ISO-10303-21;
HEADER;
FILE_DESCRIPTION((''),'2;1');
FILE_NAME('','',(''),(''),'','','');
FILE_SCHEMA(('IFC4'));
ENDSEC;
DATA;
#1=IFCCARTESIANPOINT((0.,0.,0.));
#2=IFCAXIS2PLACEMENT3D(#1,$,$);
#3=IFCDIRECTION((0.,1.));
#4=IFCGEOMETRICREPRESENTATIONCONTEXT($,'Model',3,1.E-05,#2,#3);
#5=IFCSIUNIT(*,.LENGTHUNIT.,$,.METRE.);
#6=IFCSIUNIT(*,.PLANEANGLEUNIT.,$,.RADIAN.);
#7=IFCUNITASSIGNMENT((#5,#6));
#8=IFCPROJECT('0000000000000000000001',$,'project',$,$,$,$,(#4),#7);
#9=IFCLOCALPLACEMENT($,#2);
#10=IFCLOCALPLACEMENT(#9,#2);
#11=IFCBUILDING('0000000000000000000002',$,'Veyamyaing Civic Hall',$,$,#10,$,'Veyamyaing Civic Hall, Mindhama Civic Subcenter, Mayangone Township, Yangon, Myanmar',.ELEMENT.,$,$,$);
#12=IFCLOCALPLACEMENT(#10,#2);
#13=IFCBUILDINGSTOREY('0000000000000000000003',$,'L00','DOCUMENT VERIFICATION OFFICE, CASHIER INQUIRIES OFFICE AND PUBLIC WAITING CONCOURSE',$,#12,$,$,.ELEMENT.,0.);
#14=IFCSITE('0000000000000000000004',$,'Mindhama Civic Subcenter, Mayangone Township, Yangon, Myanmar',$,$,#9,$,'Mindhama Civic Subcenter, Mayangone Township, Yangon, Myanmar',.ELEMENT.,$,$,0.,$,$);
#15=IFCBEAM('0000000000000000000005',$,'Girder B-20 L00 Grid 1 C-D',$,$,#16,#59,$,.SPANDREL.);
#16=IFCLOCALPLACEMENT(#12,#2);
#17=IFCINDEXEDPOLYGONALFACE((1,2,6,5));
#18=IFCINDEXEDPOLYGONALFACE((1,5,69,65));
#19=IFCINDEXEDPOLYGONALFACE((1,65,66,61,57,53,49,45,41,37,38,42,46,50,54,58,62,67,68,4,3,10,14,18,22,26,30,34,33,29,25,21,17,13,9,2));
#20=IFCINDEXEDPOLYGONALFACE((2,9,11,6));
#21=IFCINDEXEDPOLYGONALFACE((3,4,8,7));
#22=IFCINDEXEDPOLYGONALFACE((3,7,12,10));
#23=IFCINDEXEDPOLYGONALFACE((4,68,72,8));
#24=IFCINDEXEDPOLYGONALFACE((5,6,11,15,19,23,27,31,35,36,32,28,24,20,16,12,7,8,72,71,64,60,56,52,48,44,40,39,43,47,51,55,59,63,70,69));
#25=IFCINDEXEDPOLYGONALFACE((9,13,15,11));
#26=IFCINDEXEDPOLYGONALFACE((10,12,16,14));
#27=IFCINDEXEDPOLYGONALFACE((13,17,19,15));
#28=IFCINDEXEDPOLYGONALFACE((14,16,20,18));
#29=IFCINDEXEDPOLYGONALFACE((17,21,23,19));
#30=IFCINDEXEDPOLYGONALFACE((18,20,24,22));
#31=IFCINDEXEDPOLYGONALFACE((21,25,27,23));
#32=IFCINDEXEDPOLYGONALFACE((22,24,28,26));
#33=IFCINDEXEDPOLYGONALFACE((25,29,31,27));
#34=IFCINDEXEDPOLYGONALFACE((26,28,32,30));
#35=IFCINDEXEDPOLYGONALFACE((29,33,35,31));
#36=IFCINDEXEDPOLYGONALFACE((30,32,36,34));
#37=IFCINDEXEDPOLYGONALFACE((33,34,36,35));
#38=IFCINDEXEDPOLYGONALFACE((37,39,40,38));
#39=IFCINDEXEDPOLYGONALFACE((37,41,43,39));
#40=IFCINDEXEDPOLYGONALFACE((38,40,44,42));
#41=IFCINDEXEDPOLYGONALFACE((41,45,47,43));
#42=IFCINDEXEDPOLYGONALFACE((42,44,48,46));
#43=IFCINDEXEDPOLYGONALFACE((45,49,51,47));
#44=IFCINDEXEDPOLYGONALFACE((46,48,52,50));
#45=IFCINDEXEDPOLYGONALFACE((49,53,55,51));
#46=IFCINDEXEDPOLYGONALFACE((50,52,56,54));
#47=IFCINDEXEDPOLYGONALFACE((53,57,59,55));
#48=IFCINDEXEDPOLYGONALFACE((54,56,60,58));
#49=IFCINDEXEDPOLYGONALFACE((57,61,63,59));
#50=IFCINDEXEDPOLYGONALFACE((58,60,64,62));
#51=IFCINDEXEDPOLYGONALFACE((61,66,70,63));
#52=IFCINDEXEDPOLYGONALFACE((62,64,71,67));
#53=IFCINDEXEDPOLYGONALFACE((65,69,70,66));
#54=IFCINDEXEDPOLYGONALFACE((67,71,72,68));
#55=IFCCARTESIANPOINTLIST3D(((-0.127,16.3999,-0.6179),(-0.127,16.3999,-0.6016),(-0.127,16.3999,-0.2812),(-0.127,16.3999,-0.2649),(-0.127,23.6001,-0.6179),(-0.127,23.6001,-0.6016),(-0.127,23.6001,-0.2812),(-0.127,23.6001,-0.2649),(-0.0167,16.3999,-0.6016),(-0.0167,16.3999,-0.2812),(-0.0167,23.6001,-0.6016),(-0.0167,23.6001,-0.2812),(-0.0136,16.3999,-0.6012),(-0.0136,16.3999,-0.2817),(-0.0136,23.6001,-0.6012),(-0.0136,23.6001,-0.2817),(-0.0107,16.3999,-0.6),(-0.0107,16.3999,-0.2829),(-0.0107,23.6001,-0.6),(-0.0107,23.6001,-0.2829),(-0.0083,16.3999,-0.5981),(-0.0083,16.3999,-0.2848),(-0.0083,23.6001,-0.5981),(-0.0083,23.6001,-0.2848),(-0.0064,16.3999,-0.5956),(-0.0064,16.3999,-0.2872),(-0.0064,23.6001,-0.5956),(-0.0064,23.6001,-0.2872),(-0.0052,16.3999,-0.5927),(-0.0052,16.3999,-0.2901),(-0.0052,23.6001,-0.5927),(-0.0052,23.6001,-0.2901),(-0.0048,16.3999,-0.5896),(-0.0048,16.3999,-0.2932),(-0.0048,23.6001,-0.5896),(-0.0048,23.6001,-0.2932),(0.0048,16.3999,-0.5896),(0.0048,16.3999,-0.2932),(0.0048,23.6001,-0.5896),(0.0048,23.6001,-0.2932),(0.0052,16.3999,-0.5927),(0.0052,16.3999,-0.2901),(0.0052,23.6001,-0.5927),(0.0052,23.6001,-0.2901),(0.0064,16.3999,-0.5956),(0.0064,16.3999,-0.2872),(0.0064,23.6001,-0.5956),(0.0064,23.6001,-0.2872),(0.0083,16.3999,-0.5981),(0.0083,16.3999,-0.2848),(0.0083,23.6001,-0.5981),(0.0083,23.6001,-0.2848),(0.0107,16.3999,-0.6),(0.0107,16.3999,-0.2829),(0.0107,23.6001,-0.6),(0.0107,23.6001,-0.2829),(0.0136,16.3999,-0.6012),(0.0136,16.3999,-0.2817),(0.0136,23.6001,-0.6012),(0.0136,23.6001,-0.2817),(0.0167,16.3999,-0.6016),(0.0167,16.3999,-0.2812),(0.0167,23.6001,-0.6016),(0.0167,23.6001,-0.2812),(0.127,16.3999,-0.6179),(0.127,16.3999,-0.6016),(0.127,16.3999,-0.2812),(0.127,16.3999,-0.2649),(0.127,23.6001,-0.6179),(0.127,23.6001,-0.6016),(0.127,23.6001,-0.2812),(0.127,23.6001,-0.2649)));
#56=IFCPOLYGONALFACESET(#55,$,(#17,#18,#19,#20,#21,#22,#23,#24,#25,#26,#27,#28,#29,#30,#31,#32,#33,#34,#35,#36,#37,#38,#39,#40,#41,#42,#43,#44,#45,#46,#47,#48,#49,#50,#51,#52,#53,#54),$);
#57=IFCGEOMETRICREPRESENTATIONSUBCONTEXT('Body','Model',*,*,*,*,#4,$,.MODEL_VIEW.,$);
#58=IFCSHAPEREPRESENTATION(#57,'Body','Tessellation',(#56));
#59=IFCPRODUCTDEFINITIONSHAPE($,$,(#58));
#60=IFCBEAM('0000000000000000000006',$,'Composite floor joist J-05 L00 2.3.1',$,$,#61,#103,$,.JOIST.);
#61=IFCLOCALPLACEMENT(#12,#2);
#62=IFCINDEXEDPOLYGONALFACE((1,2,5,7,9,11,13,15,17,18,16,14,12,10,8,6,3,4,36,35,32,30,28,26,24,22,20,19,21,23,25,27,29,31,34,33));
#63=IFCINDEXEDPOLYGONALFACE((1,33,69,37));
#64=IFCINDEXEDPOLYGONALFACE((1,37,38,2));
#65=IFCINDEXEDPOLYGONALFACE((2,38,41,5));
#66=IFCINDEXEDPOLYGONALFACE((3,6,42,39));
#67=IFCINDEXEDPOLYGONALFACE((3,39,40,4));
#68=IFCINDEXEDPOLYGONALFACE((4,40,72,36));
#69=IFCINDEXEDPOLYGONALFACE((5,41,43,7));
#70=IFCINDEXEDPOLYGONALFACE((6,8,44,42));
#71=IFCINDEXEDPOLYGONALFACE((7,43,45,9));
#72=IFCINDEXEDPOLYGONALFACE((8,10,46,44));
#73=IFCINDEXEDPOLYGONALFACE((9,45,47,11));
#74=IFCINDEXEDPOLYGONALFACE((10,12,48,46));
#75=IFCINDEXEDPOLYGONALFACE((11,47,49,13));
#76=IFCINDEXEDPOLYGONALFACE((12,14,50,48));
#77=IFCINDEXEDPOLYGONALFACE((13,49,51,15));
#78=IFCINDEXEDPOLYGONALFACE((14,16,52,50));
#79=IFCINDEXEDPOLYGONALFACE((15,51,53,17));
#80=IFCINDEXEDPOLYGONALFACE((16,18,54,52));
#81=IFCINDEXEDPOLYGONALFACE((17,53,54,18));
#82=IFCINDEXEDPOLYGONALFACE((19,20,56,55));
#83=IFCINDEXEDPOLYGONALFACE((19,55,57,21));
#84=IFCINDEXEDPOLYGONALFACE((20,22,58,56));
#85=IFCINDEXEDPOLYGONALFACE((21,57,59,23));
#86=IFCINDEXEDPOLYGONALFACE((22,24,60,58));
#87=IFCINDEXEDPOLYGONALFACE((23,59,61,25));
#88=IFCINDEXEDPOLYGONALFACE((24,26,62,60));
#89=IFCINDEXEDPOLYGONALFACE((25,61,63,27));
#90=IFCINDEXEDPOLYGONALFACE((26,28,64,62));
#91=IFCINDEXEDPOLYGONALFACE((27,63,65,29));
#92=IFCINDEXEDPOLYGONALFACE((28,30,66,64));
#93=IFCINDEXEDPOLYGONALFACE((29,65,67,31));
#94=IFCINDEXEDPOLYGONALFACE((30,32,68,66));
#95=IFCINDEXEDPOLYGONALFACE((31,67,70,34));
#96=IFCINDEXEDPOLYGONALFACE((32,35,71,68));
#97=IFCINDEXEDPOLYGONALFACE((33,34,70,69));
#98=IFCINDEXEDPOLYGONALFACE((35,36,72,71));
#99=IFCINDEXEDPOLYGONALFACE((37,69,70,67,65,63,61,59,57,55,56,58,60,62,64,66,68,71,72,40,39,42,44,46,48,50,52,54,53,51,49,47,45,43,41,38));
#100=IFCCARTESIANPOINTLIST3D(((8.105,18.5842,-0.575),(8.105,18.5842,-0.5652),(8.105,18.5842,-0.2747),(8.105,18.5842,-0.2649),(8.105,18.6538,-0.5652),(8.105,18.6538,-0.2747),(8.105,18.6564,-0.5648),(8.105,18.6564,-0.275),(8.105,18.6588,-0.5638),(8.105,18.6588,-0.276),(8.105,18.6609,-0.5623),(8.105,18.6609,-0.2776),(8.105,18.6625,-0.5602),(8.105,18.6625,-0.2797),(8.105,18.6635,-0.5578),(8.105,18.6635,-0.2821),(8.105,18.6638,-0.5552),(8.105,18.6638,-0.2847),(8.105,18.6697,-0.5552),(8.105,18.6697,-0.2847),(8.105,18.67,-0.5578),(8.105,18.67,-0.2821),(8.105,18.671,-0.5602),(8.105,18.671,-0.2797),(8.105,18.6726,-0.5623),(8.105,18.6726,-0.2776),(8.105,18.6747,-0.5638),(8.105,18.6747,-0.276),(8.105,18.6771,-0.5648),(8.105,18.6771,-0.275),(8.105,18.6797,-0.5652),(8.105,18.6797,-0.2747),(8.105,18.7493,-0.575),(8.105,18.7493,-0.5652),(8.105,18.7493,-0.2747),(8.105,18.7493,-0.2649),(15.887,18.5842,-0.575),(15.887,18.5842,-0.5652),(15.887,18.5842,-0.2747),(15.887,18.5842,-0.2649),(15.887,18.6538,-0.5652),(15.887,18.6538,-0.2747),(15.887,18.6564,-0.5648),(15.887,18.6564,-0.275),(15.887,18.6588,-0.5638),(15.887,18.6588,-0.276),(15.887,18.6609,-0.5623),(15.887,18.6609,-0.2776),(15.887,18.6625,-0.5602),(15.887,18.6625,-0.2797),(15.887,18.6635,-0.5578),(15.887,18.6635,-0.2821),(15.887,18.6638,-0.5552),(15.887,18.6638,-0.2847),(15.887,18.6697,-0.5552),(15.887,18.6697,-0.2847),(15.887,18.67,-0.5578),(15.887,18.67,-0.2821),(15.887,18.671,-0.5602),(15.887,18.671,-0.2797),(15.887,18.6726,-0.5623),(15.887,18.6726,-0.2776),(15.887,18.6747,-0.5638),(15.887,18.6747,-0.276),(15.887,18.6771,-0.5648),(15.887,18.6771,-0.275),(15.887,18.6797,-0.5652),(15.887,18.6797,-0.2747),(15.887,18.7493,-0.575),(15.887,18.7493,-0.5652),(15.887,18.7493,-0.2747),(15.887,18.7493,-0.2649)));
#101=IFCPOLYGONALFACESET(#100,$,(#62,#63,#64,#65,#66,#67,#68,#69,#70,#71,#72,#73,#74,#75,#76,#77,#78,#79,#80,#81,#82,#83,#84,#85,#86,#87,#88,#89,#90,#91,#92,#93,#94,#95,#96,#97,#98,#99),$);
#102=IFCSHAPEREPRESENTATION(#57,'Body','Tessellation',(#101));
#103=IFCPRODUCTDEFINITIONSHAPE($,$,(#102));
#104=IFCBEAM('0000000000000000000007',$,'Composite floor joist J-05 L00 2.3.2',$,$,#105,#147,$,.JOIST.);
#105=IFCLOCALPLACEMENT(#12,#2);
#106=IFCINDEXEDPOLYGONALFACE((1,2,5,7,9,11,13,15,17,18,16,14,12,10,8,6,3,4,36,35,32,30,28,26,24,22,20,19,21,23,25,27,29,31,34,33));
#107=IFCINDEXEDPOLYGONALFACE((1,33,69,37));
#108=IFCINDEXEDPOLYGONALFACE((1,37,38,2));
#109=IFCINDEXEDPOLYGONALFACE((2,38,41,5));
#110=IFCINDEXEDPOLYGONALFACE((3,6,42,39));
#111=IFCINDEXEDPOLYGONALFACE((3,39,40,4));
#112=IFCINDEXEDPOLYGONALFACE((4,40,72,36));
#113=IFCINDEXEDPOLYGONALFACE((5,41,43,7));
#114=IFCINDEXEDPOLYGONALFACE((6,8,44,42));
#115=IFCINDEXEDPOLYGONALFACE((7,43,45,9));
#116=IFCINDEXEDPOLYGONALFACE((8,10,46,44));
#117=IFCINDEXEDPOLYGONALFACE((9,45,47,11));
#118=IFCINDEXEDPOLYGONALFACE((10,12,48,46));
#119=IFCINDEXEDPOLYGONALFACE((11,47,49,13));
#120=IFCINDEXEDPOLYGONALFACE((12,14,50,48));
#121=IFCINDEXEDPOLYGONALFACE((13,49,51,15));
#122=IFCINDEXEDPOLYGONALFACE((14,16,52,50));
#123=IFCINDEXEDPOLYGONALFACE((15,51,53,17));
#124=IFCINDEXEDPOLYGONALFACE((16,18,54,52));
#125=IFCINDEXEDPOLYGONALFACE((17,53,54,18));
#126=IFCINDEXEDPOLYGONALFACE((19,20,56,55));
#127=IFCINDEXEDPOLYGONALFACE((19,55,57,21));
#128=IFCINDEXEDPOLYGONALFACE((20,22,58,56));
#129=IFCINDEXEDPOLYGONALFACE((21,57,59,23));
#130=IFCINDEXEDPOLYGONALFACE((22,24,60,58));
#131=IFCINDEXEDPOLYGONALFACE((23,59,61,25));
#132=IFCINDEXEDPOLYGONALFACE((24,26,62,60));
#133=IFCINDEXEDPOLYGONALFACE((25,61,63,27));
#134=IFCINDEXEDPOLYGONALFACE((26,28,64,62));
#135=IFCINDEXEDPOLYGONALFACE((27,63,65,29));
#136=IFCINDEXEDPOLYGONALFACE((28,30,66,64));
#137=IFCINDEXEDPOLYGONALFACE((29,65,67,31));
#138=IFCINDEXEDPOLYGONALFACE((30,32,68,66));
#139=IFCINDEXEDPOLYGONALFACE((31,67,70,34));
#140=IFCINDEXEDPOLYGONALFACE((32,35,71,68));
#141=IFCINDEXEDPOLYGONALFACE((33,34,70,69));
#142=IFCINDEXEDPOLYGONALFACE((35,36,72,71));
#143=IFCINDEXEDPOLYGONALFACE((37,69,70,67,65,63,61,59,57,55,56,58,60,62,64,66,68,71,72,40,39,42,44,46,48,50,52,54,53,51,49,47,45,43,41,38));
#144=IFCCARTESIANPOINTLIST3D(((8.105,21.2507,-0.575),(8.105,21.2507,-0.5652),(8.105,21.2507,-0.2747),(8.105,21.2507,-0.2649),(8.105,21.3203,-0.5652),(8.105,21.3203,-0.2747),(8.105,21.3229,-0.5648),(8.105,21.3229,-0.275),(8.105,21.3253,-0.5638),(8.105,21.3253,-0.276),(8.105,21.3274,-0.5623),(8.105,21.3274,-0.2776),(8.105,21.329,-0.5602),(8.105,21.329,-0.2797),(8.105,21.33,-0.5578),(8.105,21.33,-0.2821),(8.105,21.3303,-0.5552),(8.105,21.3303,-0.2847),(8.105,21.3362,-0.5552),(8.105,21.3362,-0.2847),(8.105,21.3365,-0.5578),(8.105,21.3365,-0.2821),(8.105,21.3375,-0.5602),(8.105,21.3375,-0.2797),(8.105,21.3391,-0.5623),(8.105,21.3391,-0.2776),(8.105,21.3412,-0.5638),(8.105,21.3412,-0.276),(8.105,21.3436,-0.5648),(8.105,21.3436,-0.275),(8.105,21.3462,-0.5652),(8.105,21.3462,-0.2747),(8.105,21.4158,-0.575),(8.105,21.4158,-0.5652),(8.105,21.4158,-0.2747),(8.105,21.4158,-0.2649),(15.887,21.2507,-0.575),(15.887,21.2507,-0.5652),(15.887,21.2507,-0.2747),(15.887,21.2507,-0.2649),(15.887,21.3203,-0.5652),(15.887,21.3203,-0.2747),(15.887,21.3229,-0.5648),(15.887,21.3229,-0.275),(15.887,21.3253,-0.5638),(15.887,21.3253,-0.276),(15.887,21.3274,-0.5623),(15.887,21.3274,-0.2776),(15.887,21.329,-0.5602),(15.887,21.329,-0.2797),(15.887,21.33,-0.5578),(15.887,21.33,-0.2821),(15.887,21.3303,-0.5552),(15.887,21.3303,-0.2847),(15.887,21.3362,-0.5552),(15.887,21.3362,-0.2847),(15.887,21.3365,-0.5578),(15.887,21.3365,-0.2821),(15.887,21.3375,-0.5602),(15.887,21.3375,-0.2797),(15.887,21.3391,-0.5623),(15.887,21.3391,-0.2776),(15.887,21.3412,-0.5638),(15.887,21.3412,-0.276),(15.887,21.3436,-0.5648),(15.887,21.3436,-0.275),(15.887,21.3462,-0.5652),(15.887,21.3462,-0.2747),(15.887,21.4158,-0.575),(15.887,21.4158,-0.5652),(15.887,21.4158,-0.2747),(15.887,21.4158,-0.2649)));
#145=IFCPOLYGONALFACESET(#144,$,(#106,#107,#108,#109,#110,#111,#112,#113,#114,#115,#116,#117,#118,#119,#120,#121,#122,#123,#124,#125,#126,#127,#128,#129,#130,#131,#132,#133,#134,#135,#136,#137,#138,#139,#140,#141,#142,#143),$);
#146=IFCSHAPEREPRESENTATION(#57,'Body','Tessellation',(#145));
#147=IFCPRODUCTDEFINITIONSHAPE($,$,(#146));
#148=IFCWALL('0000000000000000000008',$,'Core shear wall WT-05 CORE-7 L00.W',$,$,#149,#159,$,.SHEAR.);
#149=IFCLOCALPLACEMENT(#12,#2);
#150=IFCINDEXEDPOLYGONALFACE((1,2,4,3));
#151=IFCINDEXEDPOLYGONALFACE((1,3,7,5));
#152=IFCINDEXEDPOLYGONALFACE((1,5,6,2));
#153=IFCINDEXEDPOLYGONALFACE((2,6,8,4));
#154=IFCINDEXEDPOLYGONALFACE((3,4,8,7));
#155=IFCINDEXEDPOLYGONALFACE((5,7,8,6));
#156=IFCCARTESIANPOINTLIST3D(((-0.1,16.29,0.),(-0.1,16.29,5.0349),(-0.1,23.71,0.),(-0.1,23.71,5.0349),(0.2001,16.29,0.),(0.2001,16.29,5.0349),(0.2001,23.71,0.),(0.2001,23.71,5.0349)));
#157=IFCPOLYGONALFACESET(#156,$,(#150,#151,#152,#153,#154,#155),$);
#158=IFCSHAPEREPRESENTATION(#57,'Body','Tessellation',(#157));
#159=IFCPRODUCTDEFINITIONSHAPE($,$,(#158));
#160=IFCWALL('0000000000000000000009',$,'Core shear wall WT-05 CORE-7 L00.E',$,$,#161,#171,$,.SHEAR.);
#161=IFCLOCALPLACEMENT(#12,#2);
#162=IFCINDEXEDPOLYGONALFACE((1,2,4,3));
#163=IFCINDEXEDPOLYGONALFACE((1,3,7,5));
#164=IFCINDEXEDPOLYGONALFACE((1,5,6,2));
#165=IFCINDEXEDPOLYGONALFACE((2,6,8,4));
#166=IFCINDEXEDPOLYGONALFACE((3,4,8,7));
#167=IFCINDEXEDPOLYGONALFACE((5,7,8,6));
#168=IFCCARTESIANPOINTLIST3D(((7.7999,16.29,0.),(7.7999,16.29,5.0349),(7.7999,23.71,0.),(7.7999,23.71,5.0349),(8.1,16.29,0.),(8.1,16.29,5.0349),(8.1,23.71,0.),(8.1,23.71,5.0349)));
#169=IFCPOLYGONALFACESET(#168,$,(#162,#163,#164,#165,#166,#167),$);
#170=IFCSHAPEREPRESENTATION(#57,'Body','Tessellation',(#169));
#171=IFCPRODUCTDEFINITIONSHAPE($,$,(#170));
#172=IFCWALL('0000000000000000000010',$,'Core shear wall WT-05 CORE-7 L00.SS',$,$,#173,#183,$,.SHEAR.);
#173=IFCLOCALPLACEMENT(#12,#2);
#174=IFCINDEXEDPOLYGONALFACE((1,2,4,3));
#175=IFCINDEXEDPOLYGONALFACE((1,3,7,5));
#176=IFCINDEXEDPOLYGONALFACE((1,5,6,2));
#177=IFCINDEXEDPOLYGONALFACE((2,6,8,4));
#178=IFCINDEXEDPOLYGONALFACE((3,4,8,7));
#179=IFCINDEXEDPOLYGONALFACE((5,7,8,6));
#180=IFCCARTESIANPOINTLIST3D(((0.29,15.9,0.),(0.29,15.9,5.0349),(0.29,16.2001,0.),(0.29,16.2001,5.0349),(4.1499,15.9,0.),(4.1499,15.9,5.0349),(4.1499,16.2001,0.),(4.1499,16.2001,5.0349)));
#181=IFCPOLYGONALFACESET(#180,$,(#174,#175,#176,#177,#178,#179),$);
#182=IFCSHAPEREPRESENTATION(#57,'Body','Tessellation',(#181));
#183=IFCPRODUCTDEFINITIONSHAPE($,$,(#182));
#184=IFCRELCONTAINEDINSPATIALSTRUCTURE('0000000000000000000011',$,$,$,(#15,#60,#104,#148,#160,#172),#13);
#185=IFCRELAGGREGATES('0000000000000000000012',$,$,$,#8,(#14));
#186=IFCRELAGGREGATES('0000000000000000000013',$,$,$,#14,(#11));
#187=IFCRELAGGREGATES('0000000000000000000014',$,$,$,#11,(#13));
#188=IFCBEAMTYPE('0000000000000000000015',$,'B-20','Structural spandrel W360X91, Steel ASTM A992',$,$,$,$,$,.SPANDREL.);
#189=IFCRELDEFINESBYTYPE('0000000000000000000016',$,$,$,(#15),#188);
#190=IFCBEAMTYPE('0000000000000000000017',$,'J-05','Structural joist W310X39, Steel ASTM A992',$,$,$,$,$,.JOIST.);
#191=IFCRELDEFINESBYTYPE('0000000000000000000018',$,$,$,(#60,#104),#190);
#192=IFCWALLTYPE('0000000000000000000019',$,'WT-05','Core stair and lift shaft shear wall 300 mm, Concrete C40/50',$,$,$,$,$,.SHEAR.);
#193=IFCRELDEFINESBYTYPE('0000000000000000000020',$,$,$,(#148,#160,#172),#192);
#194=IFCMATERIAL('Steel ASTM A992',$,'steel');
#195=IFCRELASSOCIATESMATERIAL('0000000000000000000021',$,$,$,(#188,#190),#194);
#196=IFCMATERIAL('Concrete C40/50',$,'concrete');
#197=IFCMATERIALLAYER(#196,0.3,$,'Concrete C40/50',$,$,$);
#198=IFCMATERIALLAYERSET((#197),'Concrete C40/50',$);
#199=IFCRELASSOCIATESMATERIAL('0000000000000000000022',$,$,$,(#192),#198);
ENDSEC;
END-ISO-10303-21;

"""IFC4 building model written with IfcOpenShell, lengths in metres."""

from ifc_helpers import new_model, si_unit, direction, frame, frame_2d, origin, origin_2d, place, context, subcontext, project, spatial, rectangle, i_section, extrude, material, layer, layer_set, material_profile, profile_set, type_object, element, save


model = new_model("IFC4")

# Units and contexts
model_context = context("Model", 3, precision=1e-05, world=origin(), true_north=direction((0.0, 1.0)))
body_context = subcontext(model_context, "Body", "Model", "MODEL_VIEW")
ifc_project = project(units=[si_unit("LENGTHUNIT", "METRE"), si_unit("PLANEANGLEUNIT", "RADIAN")], contexts=[model_context])

# Site, building, storey
site_placement = place(None, origin())
site = spatial("IfcSite", under=ifc_project, at=site_placement, Name="Mindhama Civic Subcenter, Mayangone Township, Yangon, Myanmar", LongName="Mindhama Civic Subcenter, Mayangone Township, Yangon, Myanmar", CompositionType="ELEMENT", RefElevation=0.0)
building_placement = place(site_placement, origin())
building = spatial("IfcBuilding", under=site, at=building_placement, Name="Veyamyaing Civic Hall", LongName="Veyamyaing Civic Hall, Mindhama Civic Subcenter, Mayangone Township, Yangon, Myanmar", CompositionType="ELEMENT")
storey_placement = place(building_placement, origin())
storey = spatial("IfcBuildingStorey", under=building, at=storey_placement, Name="L00", Description="DOCUMENT VERIFICATION OFFICE, CASHIER INQUIRIES OFFICE AND PUBLIC WAITING CONCOURSE", CompositionType="ELEMENT", Elevation=0.0)

# Beams
ifc_material_1 = material(Name="Steel ASTM A992", Category="steel")
ifc_material_profile_1 = material_profile(ifc_material_1, i_section(OverallWidth=0.2539, OverallDepth=0.353, WebThickness=0.0095, FlangeThickness=0.0164, FilletRadius=0.012, at=origin_2d()), Name="W360X91")
ifc_profile_set_1 = profile_set([ifc_material_profile_1], Name="Steel ASTM A992")
beam_type_1 = type_object("IfcBeamType", Name="B-20", Description="Structural spandrel W360X91, Steel ASTM A992", PredefinedType="SPANDREL", material=ifc_profile_set_1)
beam_1_placement = place(storey_placement, frame((0.0, 16.3999, -0.4414), z_axis=(0.0, 1.0, 0.0), x_axis=(-1.0, 0.0, 0.0)))
element("IfcBeam", 1, at=beam_1_placement, inside=storey, type_object=beam_type_1, Name="Girder B-20 L00 Grid 1 C-D", PredefinedType="SPANDREL", context=body_context, shape_type="SweptSolid", body=[
    extrude(i_section(OverallWidth=0.2539, OverallDepth=0.353, WebThickness=0.0095, FlangeThickness=0.0164, FilletRadius=0.012, at=origin_2d()), origin(), (0.0, 0.0, 1.0), 7.2002),
])
ifc_material_profile_2 = material_profile(ifc_material_1, i_section(OverallWidth=0.165, OverallDepth=0.3101, WebThickness=0.0059, FlangeThickness=0.0098, FilletRadius=0.01, at=origin_2d()), Name="W310X39")
ifc_profile_set_2 = profile_set([ifc_material_profile_2], Name="Steel ASTM A992")
beam_type_2 = type_object("IfcBeamType", Name="J-05", Description="Structural joist W310X39, Steel ASTM A992", PredefinedType="JOIST", material=ifc_profile_set_2)
for number, where, z_axis, x_axis, name in (
    (2, (8.105, 18.6667, -0.4199), (1.0, 0.0, 0.0), (0.0, 1.0, 0.0), "Composite floor joist J-05 L00 2.3.1"),
    (3, (8.105, 21.3333, -0.4199), (1.0, 0.0, 0.0), (0.0, 1.0, 0.0), "Composite floor joist J-05 L00 2.3.2"),
):
    element("IfcBeam", number, at=place(storey_placement, frame(where, z_axis=z_axis, x_axis=x_axis)), inside=storey, type_object=beam_type_2, Name=name, PredefinedType="JOIST", context=body_context, shape_type="SweptSolid", body=[
        extrude(i_section(OverallWidth=0.165, OverallDepth=0.3101, WebThickness=0.0059, FlangeThickness=0.0098, FilletRadius=0.01, at=origin_2d()), origin(), (0.0, 0.0, 1.0), 7.782),
    ])

# Walls
ifc_material_2 = material(Name="Concrete C40/50", Category="concrete")
ifc_layer_1 = layer(ifc_material_2, 0.3, Name="Concrete C40/50")
ifc_layer_set_1 = layer_set([ifc_layer_1], Name="Concrete C40/50")
wall_type_1 = type_object("IfcWallType", Name="WT-05", Description="Core stair and lift shaft shear wall 300 mm, Concrete C40/50", PredefinedType="SHEAR", material=ifc_layer_set_1)
for number, where, z_axis, x_axis, name in (
    (4, (0.05, 16.29, 0.0), (0.0, 0.0, 1.0), (0.0, 1.0, 0.0), "Core shear wall WT-05 CORE-7 L00.W"),
    (5, (7.95, 16.29, 0.0), (0.0, 0.0, 1.0), (0.0, 1.0, 0.0), "Core shear wall WT-05 CORE-7 L00.E"),
):
    element("IfcWall", number, at=place(storey_placement, frame(where, z_axis=z_axis, x_axis=x_axis)), inside=storey, type_object=wall_type_1, Name=name, PredefinedType="SHEAR", context=body_context, shape_type="SweptSolid", body=[
        extrude(rectangle(XDim=7.4199, YDim=0.3, at=frame_2d((3.71, 0.0))), origin(), (0.0, 0.0, 1.0), 5.0349),
    ])
wall_1_placement = place(storey_placement, frame((0.29, 16.05, 0.0), z_axis=(0.0, 0.0, 1.0), x_axis=(1.0, 0.0, 0.0)))
element("IfcWall", 6, at=wall_1_placement, inside=storey, type_object=wall_type_1, Name="Core shear wall WT-05 CORE-7 L00.SS", PredefinedType="SHEAR", context=body_context, shape_type="SweptSolid", body=[
    extrude(rectangle(XDim=3.8599, YDim=0.3, at=frame_2d((1.9299, 0.0))), origin(), (0.0, 0.0, 1.0), 5.0349),
])

save(model, "model.ifc")
